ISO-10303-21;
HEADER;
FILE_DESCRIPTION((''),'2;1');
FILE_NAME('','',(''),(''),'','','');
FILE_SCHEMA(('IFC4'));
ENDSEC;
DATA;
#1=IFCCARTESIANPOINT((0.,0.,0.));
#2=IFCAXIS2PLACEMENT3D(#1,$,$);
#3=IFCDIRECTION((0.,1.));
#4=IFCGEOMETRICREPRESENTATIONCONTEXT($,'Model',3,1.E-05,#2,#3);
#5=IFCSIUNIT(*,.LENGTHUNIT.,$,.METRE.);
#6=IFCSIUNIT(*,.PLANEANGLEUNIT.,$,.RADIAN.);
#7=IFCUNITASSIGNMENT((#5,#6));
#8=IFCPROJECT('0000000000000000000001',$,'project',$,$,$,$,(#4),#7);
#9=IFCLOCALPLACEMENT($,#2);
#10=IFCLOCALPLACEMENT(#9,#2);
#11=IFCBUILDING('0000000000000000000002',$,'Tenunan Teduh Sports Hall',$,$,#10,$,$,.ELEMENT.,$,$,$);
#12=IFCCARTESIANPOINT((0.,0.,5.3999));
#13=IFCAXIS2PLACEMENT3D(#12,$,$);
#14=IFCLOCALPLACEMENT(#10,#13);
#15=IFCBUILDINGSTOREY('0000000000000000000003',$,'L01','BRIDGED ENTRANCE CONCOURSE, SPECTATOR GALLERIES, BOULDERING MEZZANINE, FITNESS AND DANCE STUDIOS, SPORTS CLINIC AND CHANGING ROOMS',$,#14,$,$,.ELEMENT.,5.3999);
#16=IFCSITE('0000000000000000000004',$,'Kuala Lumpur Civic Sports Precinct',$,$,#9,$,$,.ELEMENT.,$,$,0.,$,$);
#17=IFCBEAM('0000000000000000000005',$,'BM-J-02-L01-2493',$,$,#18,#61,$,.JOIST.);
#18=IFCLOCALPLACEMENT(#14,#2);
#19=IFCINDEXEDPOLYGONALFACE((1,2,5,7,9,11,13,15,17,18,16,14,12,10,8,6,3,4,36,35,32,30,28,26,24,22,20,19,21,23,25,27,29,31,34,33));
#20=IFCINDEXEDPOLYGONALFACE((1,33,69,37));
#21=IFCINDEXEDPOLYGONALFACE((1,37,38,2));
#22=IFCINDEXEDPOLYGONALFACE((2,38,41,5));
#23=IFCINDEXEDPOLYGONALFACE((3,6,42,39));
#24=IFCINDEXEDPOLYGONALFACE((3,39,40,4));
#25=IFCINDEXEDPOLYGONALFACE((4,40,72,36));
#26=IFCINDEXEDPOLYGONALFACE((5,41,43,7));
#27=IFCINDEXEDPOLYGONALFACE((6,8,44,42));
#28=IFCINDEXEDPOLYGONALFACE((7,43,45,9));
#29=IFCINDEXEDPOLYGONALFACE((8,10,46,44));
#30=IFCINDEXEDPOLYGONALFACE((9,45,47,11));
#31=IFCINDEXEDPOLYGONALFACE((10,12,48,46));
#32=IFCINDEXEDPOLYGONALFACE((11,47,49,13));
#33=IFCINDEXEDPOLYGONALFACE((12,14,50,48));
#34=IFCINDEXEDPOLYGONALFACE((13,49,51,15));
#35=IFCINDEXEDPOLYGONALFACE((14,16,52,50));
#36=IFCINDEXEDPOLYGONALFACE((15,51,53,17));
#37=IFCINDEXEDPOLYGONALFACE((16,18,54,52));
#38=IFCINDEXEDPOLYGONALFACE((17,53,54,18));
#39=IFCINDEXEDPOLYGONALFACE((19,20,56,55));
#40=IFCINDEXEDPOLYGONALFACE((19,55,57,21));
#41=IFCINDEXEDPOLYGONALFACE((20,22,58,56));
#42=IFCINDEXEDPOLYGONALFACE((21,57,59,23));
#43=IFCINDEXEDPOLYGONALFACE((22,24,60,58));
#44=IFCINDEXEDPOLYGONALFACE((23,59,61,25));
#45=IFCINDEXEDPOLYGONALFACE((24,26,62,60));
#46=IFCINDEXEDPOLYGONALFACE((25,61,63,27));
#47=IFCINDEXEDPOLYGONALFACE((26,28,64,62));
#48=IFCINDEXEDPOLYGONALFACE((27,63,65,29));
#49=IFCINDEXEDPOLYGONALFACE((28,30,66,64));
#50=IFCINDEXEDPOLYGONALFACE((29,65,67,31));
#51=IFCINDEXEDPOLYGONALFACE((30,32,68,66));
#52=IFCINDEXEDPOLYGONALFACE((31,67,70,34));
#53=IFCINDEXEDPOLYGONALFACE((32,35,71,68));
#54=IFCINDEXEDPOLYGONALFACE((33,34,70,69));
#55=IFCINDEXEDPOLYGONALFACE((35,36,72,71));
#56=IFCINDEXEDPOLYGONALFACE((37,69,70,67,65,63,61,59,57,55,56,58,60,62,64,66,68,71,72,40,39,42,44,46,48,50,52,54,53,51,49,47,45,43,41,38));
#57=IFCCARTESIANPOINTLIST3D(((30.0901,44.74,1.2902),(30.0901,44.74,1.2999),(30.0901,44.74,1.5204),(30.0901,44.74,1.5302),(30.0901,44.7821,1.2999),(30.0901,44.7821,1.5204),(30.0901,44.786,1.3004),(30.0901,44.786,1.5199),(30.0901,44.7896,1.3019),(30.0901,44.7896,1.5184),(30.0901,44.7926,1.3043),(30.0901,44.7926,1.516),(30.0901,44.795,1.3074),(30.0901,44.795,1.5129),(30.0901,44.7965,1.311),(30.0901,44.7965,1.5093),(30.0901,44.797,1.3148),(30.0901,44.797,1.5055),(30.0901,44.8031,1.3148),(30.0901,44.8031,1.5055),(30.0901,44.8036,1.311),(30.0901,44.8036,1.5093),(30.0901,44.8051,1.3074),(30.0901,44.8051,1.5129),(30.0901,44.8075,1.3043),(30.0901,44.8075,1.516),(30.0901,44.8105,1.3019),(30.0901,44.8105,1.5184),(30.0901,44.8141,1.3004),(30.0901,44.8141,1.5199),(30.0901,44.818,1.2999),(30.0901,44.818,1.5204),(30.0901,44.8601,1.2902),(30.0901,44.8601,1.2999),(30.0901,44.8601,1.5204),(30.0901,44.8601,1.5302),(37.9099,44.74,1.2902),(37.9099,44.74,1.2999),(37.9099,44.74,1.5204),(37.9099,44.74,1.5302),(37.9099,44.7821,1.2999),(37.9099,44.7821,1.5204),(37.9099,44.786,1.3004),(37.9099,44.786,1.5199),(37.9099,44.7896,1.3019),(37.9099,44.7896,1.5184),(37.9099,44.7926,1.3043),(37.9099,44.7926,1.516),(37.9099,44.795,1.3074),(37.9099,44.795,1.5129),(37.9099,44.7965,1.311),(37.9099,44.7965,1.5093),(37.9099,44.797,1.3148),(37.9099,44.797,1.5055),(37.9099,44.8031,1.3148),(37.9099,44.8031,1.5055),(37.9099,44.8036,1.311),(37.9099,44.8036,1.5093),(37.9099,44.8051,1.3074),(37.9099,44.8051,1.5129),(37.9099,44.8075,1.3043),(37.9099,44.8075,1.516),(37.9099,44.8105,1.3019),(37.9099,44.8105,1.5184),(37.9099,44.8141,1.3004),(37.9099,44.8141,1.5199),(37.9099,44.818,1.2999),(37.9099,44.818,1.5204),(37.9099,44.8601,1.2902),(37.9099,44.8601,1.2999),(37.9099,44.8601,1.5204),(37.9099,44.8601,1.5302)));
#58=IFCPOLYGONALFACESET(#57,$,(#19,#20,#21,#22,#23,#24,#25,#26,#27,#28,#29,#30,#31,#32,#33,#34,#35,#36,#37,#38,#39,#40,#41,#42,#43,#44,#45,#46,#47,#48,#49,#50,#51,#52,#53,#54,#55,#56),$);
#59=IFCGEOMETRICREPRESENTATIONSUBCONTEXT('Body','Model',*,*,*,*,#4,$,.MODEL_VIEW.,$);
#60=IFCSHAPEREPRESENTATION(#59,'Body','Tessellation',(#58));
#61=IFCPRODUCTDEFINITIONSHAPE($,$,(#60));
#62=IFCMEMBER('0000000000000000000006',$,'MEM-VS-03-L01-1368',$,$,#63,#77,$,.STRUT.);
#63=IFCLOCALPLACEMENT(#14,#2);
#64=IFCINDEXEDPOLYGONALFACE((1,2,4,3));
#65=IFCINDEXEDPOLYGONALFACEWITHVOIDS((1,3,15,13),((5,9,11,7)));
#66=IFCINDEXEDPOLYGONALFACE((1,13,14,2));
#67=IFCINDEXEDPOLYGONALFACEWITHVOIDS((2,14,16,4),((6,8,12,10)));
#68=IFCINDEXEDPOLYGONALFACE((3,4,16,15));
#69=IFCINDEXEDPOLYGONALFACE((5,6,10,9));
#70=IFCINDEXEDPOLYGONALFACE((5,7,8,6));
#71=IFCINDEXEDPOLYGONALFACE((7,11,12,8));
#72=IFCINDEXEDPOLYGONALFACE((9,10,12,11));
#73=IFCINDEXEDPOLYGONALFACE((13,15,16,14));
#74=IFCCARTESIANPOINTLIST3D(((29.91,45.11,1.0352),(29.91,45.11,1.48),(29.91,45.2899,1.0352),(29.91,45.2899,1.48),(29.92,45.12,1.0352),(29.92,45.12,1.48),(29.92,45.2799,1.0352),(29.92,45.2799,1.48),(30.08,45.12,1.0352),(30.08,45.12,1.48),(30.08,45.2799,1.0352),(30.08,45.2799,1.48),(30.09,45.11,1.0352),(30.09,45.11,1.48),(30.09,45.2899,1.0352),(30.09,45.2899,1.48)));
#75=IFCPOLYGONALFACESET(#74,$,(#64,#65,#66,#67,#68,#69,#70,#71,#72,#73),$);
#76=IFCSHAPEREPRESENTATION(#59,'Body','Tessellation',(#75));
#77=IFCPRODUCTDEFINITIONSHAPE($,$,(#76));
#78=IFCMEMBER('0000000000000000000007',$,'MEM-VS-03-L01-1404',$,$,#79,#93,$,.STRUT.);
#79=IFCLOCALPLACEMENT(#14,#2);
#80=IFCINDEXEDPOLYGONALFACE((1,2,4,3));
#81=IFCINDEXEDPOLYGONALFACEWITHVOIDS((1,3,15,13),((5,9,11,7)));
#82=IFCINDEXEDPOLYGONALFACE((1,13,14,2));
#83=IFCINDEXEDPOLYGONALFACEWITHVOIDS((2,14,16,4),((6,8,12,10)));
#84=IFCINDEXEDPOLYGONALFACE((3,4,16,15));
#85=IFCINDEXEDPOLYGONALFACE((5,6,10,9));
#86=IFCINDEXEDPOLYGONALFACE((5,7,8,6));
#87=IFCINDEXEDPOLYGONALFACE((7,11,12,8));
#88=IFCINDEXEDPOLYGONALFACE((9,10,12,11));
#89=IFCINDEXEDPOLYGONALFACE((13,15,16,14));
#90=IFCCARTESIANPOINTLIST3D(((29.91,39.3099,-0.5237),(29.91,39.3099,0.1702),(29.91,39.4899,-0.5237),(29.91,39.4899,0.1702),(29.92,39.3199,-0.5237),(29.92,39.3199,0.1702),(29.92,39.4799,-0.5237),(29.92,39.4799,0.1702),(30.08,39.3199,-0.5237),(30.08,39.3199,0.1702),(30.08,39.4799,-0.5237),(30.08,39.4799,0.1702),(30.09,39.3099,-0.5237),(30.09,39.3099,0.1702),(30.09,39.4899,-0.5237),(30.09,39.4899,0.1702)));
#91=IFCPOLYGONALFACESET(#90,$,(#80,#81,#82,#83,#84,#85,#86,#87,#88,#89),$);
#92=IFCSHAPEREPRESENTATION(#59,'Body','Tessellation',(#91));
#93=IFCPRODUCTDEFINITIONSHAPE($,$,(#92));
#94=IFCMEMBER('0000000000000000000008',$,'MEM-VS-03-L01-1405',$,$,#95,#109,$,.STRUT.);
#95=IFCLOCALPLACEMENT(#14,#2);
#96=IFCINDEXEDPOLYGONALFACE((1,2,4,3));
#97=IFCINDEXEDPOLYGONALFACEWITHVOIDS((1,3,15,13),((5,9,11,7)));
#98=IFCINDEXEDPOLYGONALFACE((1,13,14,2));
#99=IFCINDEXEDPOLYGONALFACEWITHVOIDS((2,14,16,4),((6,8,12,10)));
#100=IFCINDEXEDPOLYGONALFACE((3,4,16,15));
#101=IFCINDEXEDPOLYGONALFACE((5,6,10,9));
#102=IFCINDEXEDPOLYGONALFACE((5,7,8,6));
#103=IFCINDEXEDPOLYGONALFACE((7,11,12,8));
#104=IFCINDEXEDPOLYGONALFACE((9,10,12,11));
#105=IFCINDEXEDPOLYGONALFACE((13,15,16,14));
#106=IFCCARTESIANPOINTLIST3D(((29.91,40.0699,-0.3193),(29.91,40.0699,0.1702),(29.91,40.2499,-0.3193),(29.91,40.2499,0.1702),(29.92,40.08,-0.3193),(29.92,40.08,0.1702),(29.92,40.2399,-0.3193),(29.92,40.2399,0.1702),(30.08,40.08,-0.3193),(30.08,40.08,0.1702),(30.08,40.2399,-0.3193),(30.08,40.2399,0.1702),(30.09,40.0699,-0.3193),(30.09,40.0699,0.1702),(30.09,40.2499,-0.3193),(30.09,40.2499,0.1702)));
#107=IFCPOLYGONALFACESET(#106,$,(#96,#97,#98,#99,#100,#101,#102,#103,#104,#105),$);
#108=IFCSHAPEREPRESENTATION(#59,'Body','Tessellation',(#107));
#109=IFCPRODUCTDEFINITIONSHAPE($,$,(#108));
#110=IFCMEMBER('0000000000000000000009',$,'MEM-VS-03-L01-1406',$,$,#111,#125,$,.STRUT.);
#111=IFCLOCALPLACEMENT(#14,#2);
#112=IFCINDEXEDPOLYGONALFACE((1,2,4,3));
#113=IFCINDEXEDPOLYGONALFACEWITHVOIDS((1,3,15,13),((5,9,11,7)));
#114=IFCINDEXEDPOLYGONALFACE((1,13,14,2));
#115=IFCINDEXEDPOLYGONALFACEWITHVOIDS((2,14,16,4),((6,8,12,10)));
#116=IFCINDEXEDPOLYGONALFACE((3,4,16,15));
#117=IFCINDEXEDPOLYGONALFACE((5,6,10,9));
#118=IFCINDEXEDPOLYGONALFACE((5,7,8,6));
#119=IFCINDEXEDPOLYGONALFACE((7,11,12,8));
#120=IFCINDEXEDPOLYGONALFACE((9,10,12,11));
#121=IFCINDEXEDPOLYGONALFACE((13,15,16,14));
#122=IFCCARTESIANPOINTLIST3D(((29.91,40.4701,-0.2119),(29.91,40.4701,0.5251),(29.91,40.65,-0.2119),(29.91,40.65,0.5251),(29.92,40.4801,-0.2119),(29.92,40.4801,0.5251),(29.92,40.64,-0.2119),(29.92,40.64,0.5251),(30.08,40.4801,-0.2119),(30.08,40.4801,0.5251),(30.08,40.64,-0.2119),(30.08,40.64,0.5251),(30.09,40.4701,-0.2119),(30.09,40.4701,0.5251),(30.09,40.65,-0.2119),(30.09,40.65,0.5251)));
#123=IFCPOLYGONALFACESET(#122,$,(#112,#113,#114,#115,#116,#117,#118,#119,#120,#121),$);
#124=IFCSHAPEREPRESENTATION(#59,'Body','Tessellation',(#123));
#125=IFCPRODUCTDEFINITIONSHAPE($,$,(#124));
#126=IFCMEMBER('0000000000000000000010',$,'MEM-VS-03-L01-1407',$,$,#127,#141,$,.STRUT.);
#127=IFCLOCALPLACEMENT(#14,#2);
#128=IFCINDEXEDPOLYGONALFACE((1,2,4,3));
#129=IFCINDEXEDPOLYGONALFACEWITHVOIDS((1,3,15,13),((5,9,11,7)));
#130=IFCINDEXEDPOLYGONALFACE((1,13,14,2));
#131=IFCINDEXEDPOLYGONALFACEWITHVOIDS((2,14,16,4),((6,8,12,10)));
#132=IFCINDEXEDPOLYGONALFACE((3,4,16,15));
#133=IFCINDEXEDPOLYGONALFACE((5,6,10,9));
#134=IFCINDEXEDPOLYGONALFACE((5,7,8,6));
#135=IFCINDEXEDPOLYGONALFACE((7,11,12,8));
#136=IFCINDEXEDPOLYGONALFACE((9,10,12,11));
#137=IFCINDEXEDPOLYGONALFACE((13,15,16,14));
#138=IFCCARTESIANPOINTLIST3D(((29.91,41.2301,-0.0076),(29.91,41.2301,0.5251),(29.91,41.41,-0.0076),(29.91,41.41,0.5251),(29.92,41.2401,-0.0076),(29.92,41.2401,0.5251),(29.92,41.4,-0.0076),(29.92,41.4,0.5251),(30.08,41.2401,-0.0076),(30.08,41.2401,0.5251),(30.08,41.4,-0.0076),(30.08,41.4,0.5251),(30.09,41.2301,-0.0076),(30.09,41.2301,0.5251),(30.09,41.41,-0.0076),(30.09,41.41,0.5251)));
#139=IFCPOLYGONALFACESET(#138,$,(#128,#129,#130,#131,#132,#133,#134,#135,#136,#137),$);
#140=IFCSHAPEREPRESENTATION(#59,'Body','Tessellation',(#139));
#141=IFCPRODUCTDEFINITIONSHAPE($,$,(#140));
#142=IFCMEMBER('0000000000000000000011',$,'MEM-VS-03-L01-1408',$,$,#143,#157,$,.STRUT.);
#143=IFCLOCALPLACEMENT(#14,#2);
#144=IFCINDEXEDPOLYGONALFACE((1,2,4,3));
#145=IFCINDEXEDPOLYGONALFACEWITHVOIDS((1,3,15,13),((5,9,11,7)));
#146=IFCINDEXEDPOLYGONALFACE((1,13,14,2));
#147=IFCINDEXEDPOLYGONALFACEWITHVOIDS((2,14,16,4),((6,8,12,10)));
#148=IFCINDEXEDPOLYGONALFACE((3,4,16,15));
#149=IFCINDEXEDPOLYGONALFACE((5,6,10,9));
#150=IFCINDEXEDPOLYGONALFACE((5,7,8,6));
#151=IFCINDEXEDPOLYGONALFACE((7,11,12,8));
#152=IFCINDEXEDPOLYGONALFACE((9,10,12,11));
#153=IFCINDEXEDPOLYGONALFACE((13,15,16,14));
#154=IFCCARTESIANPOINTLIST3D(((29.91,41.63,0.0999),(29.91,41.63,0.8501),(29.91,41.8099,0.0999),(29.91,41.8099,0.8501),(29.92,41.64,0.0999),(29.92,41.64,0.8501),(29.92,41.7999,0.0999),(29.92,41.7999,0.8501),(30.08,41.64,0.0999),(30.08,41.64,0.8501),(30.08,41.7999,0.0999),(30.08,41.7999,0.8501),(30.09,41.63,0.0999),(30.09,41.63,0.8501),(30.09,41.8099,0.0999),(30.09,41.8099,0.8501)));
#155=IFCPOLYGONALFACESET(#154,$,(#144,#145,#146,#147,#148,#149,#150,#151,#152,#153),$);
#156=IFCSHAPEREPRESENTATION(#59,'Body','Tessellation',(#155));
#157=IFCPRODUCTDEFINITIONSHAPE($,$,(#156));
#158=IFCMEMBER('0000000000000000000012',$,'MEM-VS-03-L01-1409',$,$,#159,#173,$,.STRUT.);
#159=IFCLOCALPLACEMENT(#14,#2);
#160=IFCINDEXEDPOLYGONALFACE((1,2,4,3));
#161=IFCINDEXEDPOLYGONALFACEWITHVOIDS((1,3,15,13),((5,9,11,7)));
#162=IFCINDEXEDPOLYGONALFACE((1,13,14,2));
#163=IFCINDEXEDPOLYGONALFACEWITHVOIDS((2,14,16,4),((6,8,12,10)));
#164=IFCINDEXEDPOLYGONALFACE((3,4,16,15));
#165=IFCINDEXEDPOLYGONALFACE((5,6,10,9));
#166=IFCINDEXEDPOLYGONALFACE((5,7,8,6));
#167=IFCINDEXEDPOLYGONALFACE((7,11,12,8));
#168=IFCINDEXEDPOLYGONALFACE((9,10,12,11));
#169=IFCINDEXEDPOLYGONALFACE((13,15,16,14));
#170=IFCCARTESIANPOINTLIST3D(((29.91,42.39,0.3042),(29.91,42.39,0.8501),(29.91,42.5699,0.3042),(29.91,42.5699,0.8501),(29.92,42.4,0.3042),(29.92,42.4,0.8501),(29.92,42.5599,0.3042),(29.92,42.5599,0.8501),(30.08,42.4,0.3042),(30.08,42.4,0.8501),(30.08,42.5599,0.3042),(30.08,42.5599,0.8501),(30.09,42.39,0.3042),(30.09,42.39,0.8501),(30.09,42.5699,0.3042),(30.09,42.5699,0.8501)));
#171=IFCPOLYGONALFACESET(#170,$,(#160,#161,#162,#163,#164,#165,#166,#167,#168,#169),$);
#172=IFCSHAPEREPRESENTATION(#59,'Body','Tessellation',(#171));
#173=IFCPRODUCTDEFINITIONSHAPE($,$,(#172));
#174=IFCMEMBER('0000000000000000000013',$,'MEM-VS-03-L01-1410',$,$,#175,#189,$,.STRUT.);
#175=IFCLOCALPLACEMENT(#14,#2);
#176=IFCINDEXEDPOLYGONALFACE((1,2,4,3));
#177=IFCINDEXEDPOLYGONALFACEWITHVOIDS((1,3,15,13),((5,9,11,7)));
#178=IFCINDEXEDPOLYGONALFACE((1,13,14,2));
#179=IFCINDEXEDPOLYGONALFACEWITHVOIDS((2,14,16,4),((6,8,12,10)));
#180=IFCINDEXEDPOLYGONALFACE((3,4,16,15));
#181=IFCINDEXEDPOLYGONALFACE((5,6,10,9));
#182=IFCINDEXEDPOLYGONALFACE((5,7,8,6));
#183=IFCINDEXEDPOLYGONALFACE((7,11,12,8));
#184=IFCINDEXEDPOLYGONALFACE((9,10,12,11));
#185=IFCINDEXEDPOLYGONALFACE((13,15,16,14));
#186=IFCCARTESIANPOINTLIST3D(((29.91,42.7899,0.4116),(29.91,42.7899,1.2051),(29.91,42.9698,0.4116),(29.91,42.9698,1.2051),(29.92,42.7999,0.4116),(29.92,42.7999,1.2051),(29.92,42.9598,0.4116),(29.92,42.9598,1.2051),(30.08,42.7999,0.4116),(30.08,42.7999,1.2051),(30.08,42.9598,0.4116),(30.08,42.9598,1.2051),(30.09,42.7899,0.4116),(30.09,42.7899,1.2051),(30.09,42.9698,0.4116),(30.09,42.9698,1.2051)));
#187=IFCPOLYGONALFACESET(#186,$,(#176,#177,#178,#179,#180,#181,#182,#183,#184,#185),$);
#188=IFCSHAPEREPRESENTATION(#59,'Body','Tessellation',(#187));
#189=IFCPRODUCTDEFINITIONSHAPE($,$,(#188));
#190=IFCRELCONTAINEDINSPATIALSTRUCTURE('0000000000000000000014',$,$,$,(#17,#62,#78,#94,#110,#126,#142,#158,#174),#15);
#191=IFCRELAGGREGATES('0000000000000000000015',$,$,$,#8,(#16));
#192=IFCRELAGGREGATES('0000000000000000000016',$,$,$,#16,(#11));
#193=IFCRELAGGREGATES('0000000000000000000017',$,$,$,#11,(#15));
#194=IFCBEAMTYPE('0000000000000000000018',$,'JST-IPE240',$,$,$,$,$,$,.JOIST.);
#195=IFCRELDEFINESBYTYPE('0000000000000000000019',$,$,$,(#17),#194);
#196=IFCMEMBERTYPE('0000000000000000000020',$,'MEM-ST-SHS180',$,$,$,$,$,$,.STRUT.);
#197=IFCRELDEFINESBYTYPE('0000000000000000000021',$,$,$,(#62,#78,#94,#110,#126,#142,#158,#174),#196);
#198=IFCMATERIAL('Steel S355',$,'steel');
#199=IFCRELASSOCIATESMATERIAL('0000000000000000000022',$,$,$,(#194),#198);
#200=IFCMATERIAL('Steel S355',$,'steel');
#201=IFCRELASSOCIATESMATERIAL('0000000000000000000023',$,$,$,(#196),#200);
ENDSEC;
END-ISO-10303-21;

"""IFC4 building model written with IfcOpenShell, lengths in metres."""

from ifc_helpers import new_model, si_unit, direction, frame, origin, origin_2d, place, context, subcontext, project, spatial, hollow_rectangle, i_section, extrude, material, material_profile, profile_set, type_object, element, save


model = new_model("IFC4")

# Units and contexts
model_context = context("Model", 3, precision=1e-05, world=origin(), true_north=direction((0.0, 1.0)))
body_context = subcontext(model_context, "Body", "Model", "MODEL_VIEW")
ifc_project = project(units=[si_unit("LENGTHUNIT", "METRE"), si_unit("PLANEANGLEUNIT", "RADIAN")], contexts=[model_context])

# Site, building, storey
site_placement = place(None, origin())
site = spatial("IfcSite", under=ifc_project, at=site_placement, Name="Kuala Lumpur Civic Sports Precinct", CompositionType="ELEMENT", RefElevation=0.0)
building_placement = place(site_placement, origin())
building = spatial("IfcBuilding", under=site, at=building_placement, Name="Tenunan Teduh Sports Hall", CompositionType="ELEMENT")
storey_placement = place(building_placement, frame((0.0, 0.0, 5.3999)))
storey = spatial("IfcBuildingStorey", under=building, at=storey_placement, Name="L01", Description="BRIDGED ENTRANCE CONCOURSE, SPECTATOR GALLERIES, BOULDERING MEZZANINE, FITNESS AND DANCE STUDIOS, SPORTS CLINIC AND CHANGING ROOMS", CompositionType="ELEMENT", Elevation=5.3999)

# Beam
ifc_material_1 = material(Name="Steel S355", Category="steel")
ifc_material_profile_1 = material_profile(ifc_material_1, i_section(OverallWidth=0.1201, OverallDepth=0.24, WebThickness=0.0061, FlangeThickness=0.0098, FilletRadius=0.0149, at=origin_2d()), Name="IPE 240")
ifc_profile_set_1 = profile_set([ifc_material_profile_1], Name="Steel S355")
beam_type_1 = type_object("IfcBeamType", Name="JST-IPE240", PredefinedType="JOIST", material=ifc_profile_set_1)
for number, where, z_axis, x_axis, name in (
    (1, (30.0901, 44.8, 1.4102), (1.0, 0.0, 0.0), (0.0, 1.0, 0.0), "BM-J-02-L01-2493"),
):
    element("IfcBeam", number, at=place(storey_placement, frame(where, z_axis=z_axis, x_axis=x_axis)), inside=storey, type_object=beam_type_1, Name=name, PredefinedType="JOIST", context=body_context, shape_type="SweptSolid", body=[
        extrude(i_section(OverallWidth=0.1201, OverallDepth=0.24, WebThickness=0.0061, FlangeThickness=0.0098, FilletRadius=0.0149, at=origin_2d()), origin(), (0.0, 0.0, 1.0), 7.8198),
    ])

# Members
ifc_material_2 = material(Name="Steel S355", Category="steel")
ifc_material_profile_2 = material_profile(ifc_material_2, hollow_rectangle(XDim=0.1799, YDim=0.1799, WallThickness=0.01, at=origin_2d()), Name="SHS 180x180x10.0")
ifc_profile_set_2 = profile_set([ifc_material_profile_2], Name="Steel S355")
member_type = type_object("IfcMemberType", Name="MEM-ST-SHS180", PredefinedType="STRUT", material=ifc_profile_set_2)
member_1_placement = place(storey_placement, frame((30.0, 45.2, 1.0352), z_axis=(0.0, 0.0, 1.0), x_axis=(1.0, 0.0, 0.0)))
element("IfcMember", 2, at=member_1_placement, inside=storey, type_object=member_type, Name="MEM-VS-03-L01-1368", PredefinedType="STRUT", context=body_context, shape_type="SweptSolid", body=[
    extrude(hollow_rectangle(XDim=0.1799, YDim=0.1799, WallThickness=0.01, at=origin_2d()), origin(), (0.0, 0.0, 1.0), 0.4448),
])
member_2_placement = place(storey_placement, frame((30.0, 39.3999, -0.5237), z_axis=(0.0, 0.0, 1.0), x_axis=(1.0, 0.0, 0.0)))
element("IfcMember", 3, at=member_2_placement, inside=storey, type_object=member_type, Name="MEM-VS-03-L01-1404", PredefinedType="STRUT", context=body_context, shape_type="SweptSolid", body=[
    extrude(hollow_rectangle(XDim=0.1799, YDim=0.1799, WallThickness=0.01, at=origin_2d()), origin(), (0.0, 0.0, 1.0), 0.6938),
])
member_3_placement = place(storey_placement, frame((30.0, 40.1599, -0.3193), z_axis=(0.0, 0.0, 1.0), x_axis=(1.0, 0.0, 0.0)))
element("IfcMember", 4, at=member_3_placement, inside=storey, type_object=member_type, Name="MEM-VS-03-L01-1405", PredefinedType="STRUT", context=body_context, shape_type="SweptSolid", body=[
    extrude(hollow_rectangle(XDim=0.1799, YDim=0.1799, WallThickness=0.01, at=origin_2d()), origin(), (0.0, 0.0, 1.0), 0.4895),
])
member_4_placement = place(storey_placement, frame((30.0, 40.5601, -0.2119), z_axis=(0.0, 0.0, 1.0), x_axis=(1.0, 0.0, 0.0)))
element("IfcMember", 5, at=member_4_placement, inside=storey, type_object=member_type, Name="MEM-VS-03-L01-1406", PredefinedType="STRUT", context=body_context, shape_type="SweptSolid", body=[
    extrude(hollow_rectangle(XDim=0.1799, YDim=0.1799, WallThickness=0.01, at=origin_2d()), origin(), (0.0, 0.0, 1.0), 0.7371),
])
member_5_placement = place(storey_placement, frame((30.0, 41.3201, -0.0076), z_axis=(0.0, 0.0, 1.0), x_axis=(1.0, 0.0, 0.0)))
element("IfcMember", 6, at=member_5_placement, inside=storey, type_object=member_type, Name="MEM-VS-03-L01-1407", PredefinedType="STRUT", context=body_context, shape_type="SweptSolid", body=[
    extrude(hollow_rectangle(XDim=0.1799, YDim=0.1799, WallThickness=0.01, at=origin_2d()), origin(), (0.0, 0.0, 1.0), 0.5327),
])
member_6_placement = place(storey_placement, frame((30.0, 41.72, 0.0999), z_axis=(0.0, 0.0, 1.0), x_axis=(1.0, 0.0, 0.0)))
element("IfcMember", 7, at=member_6_placement, inside=storey, type_object=member_type, Name="MEM-VS-03-L01-1408", PredefinedType="STRUT", context=body_context, shape_type="SweptSolid", body=[
    extrude(hollow_rectangle(XDim=0.1799, YDim=0.1799, WallThickness=0.01, at=origin_2d()), origin(), (0.0, 0.0, 1.0), 0.7502),
])
member_7_placement = place(storey_placement, frame((30.0, 42.48, 0.3042), z_axis=(0.0, 0.0, 1.0), x_axis=(1.0, 0.0, 0.0)))
element("IfcMember", 8, at=member_7_placement, inside=storey, type_object=member_type, Name="MEM-VS-03-L01-1409", PredefinedType="STRUT", context=body_context, shape_type="SweptSolid", body=[
    extrude(hollow_rectangle(XDim=0.1799, YDim=0.1799, WallThickness=0.01, at=origin_2d()), origin(), (0.0, 0.0, 1.0), 0.5459),
])
member_8_placement = place(storey_placement, frame((30.0, 42.8799, 0.4116), z_axis=(0.0, 0.0, 1.0), x_axis=(1.0, 0.0, 0.0)))
element("IfcMember", 9, at=member_8_placement, inside=storey, type_object=member_type, Name="MEM-VS-03-L01-1410", PredefinedType="STRUT", context=body_context, shape_type="SweptSolid", body=[
    extrude(hollow_rectangle(XDim=0.1799, YDim=0.1799, WallThickness=0.01, at=origin_2d()), origin(), (0.0, 0.0, 1.0), 0.7935),
])

save(model, "model.ifc")
